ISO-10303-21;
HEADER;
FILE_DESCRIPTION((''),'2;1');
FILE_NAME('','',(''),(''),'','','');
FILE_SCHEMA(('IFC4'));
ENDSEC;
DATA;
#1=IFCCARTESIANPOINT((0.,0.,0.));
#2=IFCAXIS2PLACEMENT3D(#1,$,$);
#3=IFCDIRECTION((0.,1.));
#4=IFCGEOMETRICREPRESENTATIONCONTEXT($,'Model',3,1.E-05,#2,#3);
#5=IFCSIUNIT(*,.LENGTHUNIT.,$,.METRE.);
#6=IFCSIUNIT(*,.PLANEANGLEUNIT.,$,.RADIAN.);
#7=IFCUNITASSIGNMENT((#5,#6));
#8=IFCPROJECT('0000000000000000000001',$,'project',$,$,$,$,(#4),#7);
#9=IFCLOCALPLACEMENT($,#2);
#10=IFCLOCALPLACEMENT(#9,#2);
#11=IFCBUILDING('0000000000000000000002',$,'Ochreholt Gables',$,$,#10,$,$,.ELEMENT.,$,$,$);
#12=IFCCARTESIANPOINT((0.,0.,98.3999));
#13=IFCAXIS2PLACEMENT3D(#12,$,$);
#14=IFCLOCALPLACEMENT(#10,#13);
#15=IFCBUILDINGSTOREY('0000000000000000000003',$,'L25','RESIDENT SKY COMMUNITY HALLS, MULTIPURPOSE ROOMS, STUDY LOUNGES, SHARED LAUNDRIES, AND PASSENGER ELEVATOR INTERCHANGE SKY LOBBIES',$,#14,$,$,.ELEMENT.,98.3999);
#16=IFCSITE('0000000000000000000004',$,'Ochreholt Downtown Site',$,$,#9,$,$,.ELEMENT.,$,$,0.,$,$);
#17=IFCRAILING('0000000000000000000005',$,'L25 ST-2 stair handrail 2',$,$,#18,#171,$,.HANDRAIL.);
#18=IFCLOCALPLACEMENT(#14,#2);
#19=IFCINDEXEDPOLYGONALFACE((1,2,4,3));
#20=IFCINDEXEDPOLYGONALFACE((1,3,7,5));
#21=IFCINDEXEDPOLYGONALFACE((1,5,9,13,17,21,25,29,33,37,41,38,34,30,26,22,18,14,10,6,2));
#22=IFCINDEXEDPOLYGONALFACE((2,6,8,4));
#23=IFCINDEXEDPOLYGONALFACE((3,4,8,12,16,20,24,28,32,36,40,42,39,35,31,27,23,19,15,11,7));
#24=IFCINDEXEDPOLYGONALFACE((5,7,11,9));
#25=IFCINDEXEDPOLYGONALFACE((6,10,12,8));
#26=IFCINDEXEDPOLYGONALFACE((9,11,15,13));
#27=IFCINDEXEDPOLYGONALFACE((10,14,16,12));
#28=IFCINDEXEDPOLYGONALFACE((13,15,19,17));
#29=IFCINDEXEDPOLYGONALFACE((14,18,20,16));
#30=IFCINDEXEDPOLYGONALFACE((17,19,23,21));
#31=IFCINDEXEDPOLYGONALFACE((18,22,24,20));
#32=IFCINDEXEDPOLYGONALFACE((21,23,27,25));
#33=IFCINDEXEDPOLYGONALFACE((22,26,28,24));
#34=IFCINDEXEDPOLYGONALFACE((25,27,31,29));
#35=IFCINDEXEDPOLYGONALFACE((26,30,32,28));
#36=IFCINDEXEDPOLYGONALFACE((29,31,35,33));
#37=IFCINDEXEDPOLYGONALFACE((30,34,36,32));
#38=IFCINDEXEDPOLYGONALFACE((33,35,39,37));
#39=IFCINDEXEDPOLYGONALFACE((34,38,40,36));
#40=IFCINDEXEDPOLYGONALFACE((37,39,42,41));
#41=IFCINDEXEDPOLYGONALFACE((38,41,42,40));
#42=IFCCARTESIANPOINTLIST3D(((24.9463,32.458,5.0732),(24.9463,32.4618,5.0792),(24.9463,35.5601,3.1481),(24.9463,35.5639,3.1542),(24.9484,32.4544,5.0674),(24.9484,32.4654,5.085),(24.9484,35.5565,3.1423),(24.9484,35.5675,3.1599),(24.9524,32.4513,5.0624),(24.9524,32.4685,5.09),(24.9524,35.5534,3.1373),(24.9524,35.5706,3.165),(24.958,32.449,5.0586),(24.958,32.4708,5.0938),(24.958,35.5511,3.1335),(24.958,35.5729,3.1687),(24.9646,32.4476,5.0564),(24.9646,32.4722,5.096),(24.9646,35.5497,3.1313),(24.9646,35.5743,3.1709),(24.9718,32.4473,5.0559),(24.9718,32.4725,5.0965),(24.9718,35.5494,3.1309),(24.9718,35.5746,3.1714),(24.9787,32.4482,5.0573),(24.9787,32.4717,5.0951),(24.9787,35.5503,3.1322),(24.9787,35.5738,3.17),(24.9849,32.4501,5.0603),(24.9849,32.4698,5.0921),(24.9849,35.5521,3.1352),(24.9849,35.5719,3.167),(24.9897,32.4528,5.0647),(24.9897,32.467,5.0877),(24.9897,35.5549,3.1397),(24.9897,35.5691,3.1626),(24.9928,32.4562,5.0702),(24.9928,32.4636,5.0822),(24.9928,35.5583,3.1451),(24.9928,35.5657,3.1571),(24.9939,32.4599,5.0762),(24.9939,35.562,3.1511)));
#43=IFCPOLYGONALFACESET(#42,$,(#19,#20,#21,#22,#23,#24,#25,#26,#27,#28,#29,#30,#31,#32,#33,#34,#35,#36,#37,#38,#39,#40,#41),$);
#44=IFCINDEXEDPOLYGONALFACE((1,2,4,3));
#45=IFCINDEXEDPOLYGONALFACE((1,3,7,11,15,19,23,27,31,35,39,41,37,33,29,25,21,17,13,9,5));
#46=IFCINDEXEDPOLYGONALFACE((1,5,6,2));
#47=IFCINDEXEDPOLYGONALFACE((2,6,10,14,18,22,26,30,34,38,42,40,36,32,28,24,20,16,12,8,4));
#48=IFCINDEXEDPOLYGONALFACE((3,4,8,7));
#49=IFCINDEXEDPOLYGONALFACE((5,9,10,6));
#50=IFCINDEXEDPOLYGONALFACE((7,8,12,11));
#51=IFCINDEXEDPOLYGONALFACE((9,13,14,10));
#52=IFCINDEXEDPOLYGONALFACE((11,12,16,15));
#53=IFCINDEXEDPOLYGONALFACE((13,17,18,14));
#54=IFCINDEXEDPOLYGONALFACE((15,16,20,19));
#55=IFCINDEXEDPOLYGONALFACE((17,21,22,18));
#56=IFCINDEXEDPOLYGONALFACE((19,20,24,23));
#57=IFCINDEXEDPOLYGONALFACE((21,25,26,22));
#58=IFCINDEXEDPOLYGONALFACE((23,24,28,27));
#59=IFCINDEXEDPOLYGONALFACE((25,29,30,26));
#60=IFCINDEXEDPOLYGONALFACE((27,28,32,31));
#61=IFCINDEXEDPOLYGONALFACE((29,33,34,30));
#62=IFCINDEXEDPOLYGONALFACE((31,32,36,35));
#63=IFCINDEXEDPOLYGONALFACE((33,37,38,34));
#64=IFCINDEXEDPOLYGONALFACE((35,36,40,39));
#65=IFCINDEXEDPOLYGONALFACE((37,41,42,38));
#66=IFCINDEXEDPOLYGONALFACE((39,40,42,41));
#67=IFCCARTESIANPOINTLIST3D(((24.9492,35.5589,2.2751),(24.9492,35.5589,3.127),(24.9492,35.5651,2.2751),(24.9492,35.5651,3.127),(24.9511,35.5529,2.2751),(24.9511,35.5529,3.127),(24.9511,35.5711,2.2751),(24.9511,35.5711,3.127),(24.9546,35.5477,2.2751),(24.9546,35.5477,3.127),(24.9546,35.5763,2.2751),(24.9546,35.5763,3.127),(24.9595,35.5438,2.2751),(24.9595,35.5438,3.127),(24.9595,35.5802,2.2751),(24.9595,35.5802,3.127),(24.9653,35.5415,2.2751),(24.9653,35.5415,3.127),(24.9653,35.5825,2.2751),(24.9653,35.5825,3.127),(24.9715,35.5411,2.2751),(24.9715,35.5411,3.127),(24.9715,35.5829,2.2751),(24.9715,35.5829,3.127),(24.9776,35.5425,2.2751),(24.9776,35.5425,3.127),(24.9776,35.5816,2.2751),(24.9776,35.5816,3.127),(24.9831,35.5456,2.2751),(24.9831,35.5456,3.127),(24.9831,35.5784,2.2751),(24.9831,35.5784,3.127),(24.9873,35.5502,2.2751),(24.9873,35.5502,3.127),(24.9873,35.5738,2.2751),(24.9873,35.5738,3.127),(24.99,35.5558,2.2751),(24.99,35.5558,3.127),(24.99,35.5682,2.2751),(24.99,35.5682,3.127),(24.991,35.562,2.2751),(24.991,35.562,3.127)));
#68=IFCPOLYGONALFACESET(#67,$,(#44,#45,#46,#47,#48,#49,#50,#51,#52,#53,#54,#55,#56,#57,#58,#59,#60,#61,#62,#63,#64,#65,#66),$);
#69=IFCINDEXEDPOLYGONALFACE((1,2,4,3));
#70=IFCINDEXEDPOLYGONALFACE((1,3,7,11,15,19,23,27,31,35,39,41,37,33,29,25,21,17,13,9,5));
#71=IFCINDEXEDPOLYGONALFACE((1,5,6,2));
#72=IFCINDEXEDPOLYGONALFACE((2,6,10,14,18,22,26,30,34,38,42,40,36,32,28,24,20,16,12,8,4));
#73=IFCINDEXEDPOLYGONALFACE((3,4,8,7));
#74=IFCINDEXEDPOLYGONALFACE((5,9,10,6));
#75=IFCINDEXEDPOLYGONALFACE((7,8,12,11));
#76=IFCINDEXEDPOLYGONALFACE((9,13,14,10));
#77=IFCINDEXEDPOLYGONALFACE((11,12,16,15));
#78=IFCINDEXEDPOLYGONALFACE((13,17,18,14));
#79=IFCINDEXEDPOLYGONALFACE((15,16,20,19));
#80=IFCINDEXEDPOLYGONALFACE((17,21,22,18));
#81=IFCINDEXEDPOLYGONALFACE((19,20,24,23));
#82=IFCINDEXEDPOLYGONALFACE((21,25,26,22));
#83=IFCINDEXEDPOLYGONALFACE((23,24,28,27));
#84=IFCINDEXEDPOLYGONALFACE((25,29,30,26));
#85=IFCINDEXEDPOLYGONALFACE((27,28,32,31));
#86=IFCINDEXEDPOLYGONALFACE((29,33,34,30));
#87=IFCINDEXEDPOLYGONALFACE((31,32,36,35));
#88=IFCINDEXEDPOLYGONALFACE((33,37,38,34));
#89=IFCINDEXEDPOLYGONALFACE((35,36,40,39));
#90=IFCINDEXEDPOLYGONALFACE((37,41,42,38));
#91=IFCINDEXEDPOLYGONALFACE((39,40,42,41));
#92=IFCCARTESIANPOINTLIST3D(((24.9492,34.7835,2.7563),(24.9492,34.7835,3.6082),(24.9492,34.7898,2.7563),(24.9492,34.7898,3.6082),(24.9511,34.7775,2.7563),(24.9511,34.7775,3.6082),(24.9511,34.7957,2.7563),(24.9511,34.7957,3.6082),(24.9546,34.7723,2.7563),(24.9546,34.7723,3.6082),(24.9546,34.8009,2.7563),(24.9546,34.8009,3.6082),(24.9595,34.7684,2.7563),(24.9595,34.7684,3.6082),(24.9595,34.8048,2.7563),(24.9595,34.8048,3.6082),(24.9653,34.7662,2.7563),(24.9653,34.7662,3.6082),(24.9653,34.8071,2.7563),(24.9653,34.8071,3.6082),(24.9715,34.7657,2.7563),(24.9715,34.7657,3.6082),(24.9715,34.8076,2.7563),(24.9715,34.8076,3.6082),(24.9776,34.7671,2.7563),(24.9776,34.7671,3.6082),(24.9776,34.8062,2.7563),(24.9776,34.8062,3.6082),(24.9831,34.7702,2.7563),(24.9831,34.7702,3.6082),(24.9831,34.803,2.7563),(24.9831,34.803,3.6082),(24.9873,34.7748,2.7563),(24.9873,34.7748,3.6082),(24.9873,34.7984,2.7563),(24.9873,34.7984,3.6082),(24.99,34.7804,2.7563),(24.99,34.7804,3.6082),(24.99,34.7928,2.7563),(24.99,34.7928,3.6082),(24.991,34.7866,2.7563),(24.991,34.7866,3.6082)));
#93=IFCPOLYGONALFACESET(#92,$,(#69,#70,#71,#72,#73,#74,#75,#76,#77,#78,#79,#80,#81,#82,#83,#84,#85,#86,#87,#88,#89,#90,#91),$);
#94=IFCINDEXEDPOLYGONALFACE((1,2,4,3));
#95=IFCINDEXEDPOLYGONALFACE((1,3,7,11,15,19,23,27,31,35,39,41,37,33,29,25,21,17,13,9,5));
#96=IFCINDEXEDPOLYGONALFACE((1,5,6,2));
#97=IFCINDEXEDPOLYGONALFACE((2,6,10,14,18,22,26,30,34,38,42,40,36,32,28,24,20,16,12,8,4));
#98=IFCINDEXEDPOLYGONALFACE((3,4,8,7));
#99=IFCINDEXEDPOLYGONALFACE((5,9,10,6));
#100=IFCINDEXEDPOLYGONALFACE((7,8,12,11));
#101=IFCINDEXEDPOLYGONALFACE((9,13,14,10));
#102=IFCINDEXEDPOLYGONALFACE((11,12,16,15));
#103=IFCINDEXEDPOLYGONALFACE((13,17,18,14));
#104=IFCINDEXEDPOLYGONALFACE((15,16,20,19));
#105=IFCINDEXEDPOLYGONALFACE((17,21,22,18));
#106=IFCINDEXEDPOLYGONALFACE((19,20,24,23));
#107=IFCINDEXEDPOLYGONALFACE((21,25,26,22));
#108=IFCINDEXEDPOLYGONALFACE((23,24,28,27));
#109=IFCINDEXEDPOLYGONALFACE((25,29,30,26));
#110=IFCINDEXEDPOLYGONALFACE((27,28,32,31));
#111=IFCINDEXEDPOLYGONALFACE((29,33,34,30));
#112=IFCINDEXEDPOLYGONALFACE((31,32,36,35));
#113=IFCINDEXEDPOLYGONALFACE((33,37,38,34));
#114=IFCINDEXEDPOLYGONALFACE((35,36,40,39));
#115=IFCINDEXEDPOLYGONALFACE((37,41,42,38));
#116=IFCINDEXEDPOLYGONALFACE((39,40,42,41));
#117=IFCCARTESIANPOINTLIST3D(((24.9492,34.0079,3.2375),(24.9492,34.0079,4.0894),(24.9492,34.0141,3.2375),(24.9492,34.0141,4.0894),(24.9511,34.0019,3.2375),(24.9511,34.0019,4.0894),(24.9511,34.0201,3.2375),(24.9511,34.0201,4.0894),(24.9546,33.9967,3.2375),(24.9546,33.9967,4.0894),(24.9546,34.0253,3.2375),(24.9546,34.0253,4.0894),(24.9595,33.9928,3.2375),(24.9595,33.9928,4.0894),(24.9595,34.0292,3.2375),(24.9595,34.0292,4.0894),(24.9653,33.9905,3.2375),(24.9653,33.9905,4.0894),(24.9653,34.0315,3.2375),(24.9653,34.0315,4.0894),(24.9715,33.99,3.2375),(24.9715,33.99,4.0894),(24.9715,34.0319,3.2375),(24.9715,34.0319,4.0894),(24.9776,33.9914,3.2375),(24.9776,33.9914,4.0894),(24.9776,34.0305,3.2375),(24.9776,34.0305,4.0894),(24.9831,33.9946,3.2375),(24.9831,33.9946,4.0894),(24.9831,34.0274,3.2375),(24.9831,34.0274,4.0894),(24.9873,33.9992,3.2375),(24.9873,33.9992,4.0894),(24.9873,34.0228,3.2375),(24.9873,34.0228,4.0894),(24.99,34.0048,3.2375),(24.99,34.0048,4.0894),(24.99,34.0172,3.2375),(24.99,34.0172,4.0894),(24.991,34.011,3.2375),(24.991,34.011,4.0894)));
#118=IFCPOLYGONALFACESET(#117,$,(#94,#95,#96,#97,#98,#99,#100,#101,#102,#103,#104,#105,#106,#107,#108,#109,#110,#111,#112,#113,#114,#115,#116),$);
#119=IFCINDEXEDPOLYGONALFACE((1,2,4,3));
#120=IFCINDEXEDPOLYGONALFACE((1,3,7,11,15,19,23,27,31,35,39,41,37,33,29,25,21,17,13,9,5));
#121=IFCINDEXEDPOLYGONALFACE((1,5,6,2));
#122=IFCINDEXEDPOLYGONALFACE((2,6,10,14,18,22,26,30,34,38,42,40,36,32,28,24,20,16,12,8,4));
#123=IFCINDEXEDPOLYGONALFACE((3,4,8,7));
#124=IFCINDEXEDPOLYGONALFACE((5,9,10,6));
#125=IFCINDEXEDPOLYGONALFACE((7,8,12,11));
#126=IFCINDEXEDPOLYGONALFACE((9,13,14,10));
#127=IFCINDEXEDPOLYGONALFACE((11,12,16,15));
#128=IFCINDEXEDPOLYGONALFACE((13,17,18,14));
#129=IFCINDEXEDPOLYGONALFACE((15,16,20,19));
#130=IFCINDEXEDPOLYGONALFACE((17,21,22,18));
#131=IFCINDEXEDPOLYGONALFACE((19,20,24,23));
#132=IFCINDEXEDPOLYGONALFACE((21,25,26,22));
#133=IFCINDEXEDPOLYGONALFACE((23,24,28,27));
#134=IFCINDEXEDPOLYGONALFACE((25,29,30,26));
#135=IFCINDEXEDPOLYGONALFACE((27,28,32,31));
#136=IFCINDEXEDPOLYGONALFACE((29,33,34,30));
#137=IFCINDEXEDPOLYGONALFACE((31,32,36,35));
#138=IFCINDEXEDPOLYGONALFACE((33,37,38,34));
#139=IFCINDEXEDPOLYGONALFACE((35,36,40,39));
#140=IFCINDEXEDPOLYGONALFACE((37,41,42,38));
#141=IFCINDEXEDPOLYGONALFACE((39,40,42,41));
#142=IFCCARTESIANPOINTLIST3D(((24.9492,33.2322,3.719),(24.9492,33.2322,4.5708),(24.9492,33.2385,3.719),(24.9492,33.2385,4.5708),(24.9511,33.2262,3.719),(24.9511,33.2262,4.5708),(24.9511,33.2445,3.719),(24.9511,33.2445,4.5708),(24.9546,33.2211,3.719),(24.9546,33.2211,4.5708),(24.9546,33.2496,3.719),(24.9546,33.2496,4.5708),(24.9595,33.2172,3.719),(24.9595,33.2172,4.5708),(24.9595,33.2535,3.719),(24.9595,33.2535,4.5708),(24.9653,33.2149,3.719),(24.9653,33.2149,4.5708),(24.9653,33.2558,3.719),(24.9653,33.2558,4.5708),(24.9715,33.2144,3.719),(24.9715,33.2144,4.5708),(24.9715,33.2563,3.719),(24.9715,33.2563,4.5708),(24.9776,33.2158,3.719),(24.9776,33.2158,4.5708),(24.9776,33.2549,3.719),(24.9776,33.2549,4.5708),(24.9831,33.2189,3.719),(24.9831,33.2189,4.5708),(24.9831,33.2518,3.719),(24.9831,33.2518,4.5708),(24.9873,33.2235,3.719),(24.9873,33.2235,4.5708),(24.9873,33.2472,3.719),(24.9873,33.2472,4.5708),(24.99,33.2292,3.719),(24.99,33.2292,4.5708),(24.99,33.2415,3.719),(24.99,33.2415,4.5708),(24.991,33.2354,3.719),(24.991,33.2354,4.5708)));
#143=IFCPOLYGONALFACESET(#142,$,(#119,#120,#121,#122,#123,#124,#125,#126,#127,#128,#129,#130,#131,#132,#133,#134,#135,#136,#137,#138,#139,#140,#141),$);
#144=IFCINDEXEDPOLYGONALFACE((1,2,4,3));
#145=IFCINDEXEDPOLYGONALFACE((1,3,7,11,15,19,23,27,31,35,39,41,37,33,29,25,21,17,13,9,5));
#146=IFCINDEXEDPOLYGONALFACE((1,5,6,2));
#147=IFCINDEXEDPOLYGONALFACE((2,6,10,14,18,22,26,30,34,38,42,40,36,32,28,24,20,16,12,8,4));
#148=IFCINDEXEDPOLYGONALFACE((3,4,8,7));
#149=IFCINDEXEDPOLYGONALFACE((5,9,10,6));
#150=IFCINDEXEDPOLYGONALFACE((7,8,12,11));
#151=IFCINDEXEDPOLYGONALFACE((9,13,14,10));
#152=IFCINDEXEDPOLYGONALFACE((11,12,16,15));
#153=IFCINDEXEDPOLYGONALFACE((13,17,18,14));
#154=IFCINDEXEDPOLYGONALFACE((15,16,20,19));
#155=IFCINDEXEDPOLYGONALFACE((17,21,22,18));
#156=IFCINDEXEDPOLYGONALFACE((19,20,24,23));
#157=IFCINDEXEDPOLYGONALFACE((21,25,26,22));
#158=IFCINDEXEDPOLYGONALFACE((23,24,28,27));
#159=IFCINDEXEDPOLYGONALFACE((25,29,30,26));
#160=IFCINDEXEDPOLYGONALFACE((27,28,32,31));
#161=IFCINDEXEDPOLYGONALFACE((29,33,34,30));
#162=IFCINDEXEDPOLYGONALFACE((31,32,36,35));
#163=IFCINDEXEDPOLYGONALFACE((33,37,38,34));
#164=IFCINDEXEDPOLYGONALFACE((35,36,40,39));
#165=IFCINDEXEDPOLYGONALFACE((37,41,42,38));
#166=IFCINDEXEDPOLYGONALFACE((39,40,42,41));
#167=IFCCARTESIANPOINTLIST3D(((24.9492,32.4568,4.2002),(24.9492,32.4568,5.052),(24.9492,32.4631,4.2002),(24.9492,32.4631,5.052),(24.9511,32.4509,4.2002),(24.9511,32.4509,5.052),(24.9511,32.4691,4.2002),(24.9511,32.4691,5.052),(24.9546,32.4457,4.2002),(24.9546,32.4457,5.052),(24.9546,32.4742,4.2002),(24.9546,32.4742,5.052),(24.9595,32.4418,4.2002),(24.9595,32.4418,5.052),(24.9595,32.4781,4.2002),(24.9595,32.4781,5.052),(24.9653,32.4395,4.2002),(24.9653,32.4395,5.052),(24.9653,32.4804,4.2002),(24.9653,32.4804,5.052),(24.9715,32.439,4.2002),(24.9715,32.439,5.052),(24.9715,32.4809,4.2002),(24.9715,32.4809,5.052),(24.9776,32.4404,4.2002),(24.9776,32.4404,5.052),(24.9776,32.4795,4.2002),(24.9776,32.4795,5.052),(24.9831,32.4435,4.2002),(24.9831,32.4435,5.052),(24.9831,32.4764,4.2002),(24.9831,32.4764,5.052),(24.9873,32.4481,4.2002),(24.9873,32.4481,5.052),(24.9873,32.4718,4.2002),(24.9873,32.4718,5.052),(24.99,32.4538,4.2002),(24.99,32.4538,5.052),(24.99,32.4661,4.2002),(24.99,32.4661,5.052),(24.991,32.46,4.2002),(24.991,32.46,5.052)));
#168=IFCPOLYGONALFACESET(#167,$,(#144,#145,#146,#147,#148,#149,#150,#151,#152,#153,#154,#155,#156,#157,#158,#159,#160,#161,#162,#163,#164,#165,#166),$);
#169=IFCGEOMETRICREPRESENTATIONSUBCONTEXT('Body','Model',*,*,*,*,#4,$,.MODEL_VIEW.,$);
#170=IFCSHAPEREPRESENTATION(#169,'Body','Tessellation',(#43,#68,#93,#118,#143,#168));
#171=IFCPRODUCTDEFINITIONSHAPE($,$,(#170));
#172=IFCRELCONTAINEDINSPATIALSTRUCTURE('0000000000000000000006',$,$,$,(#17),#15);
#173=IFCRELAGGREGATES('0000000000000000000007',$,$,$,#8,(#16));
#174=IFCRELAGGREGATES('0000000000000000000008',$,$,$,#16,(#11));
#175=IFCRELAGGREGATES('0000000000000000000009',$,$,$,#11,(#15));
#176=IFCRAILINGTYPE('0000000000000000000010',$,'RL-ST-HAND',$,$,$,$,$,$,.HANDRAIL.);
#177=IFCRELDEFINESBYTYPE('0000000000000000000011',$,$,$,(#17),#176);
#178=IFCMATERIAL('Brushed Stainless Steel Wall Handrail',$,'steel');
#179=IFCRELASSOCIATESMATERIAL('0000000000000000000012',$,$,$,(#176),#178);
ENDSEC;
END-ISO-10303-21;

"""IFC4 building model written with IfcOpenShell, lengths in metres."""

from ifc_helpers import new_model, si_unit, direction, frame, origin, origin_2d, place, context, subcontext, project, spatial, circle, extrude, material, type_object, element, save


model = new_model("IFC4")

# Units and contexts
model_context = context("Model", 3, precision=1e-05, world=origin(), true_north=direction((0.0, 1.0)))
body_context = subcontext(model_context, "Body", "Model", "MODEL_VIEW")
ifc_project = project(units=[si_unit("LENGTHUNIT", "METRE"), si_unit("PLANEANGLEUNIT", "RADIAN")], contexts=[model_context])

# Site, building, storey
site_placement = place(None, origin())
site = spatial("IfcSite", under=ifc_project, at=site_placement, Name="Ochreholt Downtown Site", CompositionType="ELEMENT", RefElevation=0.0)
building_placement = place(site_placement, origin())
building = spatial("IfcBuilding", under=site, at=building_placement, Name="Ochreholt Gables", CompositionType="ELEMENT")
storey_placement = place(building_placement, frame((0.0, 0.0, 98.3999)))
storey = spatial("IfcBuildingStorey", under=building, at=storey_placement, Name="L25", Description="RESIDENT SKY COMMUNITY HALLS, MULTIPURPOSE ROOMS, STUDY LOUNGES, SHARED LAUNDRIES, AND PASSENGER ELEVATOR INTERCHANGE SKY LOBBIES", CompositionType="ELEMENT", Elevation=98.3999)

# Railing
ifc_material_1 = material(Name="Brushed Stainless Steel Wall Handrail", Category="steel")
railing_type_1 = type_object("IfcRailingType", Name="RL-ST-HAND", PredefinedType="HANDRAIL", material=ifc_material_1)
railing_1_placement = place(storey_placement, frame((24.97, 35.562, 2.2751)))
element("IfcRailing", 1, at=railing_1_placement, inside=storey, type_object=railing_type_1, Name="L25 ST-2 stair handrail 2", PredefinedType="HANDRAIL", context=body_context, shape_type="SweptSolid", body=[
    extrude(circle(Radius=0.0239, at=origin_2d()), frame((0.0, 0.0, 0.876), z_axis=(0.0, -0.849685, 0.527291), x_axis=(1.0, 0.0, 0.0)), (0.0, 0.0, 1.0), 3.6509),
    extrude(circle(Radius=0.021, at=origin_2d()), origin(), (0.0, 0.0, 1.0), 0.8518),
    extrude(circle(Radius=0.021, at=origin_2d()), frame((0.0, -0.7754, 0.4812)), (0.0, 0.0, 1.0), 0.8518),
    extrude(circle(Radius=0.021, at=origin_2d()), frame((0.0, -1.551, 0.9624)), (0.0, 0.0, 1.0), 0.8518),
    extrude(circle(Radius=0.021, at=origin_2d()), frame((0.0, -2.3267, 1.4438)), (0.0, 0.0, 1.0), 0.8518),
    extrude(circle(Radius=0.021, at=origin_2d()), frame((0.0, -3.1021, 1.925)), (0.0, 0.0, 1.0), 0.8518),
])

save(model, "model.ifc")
